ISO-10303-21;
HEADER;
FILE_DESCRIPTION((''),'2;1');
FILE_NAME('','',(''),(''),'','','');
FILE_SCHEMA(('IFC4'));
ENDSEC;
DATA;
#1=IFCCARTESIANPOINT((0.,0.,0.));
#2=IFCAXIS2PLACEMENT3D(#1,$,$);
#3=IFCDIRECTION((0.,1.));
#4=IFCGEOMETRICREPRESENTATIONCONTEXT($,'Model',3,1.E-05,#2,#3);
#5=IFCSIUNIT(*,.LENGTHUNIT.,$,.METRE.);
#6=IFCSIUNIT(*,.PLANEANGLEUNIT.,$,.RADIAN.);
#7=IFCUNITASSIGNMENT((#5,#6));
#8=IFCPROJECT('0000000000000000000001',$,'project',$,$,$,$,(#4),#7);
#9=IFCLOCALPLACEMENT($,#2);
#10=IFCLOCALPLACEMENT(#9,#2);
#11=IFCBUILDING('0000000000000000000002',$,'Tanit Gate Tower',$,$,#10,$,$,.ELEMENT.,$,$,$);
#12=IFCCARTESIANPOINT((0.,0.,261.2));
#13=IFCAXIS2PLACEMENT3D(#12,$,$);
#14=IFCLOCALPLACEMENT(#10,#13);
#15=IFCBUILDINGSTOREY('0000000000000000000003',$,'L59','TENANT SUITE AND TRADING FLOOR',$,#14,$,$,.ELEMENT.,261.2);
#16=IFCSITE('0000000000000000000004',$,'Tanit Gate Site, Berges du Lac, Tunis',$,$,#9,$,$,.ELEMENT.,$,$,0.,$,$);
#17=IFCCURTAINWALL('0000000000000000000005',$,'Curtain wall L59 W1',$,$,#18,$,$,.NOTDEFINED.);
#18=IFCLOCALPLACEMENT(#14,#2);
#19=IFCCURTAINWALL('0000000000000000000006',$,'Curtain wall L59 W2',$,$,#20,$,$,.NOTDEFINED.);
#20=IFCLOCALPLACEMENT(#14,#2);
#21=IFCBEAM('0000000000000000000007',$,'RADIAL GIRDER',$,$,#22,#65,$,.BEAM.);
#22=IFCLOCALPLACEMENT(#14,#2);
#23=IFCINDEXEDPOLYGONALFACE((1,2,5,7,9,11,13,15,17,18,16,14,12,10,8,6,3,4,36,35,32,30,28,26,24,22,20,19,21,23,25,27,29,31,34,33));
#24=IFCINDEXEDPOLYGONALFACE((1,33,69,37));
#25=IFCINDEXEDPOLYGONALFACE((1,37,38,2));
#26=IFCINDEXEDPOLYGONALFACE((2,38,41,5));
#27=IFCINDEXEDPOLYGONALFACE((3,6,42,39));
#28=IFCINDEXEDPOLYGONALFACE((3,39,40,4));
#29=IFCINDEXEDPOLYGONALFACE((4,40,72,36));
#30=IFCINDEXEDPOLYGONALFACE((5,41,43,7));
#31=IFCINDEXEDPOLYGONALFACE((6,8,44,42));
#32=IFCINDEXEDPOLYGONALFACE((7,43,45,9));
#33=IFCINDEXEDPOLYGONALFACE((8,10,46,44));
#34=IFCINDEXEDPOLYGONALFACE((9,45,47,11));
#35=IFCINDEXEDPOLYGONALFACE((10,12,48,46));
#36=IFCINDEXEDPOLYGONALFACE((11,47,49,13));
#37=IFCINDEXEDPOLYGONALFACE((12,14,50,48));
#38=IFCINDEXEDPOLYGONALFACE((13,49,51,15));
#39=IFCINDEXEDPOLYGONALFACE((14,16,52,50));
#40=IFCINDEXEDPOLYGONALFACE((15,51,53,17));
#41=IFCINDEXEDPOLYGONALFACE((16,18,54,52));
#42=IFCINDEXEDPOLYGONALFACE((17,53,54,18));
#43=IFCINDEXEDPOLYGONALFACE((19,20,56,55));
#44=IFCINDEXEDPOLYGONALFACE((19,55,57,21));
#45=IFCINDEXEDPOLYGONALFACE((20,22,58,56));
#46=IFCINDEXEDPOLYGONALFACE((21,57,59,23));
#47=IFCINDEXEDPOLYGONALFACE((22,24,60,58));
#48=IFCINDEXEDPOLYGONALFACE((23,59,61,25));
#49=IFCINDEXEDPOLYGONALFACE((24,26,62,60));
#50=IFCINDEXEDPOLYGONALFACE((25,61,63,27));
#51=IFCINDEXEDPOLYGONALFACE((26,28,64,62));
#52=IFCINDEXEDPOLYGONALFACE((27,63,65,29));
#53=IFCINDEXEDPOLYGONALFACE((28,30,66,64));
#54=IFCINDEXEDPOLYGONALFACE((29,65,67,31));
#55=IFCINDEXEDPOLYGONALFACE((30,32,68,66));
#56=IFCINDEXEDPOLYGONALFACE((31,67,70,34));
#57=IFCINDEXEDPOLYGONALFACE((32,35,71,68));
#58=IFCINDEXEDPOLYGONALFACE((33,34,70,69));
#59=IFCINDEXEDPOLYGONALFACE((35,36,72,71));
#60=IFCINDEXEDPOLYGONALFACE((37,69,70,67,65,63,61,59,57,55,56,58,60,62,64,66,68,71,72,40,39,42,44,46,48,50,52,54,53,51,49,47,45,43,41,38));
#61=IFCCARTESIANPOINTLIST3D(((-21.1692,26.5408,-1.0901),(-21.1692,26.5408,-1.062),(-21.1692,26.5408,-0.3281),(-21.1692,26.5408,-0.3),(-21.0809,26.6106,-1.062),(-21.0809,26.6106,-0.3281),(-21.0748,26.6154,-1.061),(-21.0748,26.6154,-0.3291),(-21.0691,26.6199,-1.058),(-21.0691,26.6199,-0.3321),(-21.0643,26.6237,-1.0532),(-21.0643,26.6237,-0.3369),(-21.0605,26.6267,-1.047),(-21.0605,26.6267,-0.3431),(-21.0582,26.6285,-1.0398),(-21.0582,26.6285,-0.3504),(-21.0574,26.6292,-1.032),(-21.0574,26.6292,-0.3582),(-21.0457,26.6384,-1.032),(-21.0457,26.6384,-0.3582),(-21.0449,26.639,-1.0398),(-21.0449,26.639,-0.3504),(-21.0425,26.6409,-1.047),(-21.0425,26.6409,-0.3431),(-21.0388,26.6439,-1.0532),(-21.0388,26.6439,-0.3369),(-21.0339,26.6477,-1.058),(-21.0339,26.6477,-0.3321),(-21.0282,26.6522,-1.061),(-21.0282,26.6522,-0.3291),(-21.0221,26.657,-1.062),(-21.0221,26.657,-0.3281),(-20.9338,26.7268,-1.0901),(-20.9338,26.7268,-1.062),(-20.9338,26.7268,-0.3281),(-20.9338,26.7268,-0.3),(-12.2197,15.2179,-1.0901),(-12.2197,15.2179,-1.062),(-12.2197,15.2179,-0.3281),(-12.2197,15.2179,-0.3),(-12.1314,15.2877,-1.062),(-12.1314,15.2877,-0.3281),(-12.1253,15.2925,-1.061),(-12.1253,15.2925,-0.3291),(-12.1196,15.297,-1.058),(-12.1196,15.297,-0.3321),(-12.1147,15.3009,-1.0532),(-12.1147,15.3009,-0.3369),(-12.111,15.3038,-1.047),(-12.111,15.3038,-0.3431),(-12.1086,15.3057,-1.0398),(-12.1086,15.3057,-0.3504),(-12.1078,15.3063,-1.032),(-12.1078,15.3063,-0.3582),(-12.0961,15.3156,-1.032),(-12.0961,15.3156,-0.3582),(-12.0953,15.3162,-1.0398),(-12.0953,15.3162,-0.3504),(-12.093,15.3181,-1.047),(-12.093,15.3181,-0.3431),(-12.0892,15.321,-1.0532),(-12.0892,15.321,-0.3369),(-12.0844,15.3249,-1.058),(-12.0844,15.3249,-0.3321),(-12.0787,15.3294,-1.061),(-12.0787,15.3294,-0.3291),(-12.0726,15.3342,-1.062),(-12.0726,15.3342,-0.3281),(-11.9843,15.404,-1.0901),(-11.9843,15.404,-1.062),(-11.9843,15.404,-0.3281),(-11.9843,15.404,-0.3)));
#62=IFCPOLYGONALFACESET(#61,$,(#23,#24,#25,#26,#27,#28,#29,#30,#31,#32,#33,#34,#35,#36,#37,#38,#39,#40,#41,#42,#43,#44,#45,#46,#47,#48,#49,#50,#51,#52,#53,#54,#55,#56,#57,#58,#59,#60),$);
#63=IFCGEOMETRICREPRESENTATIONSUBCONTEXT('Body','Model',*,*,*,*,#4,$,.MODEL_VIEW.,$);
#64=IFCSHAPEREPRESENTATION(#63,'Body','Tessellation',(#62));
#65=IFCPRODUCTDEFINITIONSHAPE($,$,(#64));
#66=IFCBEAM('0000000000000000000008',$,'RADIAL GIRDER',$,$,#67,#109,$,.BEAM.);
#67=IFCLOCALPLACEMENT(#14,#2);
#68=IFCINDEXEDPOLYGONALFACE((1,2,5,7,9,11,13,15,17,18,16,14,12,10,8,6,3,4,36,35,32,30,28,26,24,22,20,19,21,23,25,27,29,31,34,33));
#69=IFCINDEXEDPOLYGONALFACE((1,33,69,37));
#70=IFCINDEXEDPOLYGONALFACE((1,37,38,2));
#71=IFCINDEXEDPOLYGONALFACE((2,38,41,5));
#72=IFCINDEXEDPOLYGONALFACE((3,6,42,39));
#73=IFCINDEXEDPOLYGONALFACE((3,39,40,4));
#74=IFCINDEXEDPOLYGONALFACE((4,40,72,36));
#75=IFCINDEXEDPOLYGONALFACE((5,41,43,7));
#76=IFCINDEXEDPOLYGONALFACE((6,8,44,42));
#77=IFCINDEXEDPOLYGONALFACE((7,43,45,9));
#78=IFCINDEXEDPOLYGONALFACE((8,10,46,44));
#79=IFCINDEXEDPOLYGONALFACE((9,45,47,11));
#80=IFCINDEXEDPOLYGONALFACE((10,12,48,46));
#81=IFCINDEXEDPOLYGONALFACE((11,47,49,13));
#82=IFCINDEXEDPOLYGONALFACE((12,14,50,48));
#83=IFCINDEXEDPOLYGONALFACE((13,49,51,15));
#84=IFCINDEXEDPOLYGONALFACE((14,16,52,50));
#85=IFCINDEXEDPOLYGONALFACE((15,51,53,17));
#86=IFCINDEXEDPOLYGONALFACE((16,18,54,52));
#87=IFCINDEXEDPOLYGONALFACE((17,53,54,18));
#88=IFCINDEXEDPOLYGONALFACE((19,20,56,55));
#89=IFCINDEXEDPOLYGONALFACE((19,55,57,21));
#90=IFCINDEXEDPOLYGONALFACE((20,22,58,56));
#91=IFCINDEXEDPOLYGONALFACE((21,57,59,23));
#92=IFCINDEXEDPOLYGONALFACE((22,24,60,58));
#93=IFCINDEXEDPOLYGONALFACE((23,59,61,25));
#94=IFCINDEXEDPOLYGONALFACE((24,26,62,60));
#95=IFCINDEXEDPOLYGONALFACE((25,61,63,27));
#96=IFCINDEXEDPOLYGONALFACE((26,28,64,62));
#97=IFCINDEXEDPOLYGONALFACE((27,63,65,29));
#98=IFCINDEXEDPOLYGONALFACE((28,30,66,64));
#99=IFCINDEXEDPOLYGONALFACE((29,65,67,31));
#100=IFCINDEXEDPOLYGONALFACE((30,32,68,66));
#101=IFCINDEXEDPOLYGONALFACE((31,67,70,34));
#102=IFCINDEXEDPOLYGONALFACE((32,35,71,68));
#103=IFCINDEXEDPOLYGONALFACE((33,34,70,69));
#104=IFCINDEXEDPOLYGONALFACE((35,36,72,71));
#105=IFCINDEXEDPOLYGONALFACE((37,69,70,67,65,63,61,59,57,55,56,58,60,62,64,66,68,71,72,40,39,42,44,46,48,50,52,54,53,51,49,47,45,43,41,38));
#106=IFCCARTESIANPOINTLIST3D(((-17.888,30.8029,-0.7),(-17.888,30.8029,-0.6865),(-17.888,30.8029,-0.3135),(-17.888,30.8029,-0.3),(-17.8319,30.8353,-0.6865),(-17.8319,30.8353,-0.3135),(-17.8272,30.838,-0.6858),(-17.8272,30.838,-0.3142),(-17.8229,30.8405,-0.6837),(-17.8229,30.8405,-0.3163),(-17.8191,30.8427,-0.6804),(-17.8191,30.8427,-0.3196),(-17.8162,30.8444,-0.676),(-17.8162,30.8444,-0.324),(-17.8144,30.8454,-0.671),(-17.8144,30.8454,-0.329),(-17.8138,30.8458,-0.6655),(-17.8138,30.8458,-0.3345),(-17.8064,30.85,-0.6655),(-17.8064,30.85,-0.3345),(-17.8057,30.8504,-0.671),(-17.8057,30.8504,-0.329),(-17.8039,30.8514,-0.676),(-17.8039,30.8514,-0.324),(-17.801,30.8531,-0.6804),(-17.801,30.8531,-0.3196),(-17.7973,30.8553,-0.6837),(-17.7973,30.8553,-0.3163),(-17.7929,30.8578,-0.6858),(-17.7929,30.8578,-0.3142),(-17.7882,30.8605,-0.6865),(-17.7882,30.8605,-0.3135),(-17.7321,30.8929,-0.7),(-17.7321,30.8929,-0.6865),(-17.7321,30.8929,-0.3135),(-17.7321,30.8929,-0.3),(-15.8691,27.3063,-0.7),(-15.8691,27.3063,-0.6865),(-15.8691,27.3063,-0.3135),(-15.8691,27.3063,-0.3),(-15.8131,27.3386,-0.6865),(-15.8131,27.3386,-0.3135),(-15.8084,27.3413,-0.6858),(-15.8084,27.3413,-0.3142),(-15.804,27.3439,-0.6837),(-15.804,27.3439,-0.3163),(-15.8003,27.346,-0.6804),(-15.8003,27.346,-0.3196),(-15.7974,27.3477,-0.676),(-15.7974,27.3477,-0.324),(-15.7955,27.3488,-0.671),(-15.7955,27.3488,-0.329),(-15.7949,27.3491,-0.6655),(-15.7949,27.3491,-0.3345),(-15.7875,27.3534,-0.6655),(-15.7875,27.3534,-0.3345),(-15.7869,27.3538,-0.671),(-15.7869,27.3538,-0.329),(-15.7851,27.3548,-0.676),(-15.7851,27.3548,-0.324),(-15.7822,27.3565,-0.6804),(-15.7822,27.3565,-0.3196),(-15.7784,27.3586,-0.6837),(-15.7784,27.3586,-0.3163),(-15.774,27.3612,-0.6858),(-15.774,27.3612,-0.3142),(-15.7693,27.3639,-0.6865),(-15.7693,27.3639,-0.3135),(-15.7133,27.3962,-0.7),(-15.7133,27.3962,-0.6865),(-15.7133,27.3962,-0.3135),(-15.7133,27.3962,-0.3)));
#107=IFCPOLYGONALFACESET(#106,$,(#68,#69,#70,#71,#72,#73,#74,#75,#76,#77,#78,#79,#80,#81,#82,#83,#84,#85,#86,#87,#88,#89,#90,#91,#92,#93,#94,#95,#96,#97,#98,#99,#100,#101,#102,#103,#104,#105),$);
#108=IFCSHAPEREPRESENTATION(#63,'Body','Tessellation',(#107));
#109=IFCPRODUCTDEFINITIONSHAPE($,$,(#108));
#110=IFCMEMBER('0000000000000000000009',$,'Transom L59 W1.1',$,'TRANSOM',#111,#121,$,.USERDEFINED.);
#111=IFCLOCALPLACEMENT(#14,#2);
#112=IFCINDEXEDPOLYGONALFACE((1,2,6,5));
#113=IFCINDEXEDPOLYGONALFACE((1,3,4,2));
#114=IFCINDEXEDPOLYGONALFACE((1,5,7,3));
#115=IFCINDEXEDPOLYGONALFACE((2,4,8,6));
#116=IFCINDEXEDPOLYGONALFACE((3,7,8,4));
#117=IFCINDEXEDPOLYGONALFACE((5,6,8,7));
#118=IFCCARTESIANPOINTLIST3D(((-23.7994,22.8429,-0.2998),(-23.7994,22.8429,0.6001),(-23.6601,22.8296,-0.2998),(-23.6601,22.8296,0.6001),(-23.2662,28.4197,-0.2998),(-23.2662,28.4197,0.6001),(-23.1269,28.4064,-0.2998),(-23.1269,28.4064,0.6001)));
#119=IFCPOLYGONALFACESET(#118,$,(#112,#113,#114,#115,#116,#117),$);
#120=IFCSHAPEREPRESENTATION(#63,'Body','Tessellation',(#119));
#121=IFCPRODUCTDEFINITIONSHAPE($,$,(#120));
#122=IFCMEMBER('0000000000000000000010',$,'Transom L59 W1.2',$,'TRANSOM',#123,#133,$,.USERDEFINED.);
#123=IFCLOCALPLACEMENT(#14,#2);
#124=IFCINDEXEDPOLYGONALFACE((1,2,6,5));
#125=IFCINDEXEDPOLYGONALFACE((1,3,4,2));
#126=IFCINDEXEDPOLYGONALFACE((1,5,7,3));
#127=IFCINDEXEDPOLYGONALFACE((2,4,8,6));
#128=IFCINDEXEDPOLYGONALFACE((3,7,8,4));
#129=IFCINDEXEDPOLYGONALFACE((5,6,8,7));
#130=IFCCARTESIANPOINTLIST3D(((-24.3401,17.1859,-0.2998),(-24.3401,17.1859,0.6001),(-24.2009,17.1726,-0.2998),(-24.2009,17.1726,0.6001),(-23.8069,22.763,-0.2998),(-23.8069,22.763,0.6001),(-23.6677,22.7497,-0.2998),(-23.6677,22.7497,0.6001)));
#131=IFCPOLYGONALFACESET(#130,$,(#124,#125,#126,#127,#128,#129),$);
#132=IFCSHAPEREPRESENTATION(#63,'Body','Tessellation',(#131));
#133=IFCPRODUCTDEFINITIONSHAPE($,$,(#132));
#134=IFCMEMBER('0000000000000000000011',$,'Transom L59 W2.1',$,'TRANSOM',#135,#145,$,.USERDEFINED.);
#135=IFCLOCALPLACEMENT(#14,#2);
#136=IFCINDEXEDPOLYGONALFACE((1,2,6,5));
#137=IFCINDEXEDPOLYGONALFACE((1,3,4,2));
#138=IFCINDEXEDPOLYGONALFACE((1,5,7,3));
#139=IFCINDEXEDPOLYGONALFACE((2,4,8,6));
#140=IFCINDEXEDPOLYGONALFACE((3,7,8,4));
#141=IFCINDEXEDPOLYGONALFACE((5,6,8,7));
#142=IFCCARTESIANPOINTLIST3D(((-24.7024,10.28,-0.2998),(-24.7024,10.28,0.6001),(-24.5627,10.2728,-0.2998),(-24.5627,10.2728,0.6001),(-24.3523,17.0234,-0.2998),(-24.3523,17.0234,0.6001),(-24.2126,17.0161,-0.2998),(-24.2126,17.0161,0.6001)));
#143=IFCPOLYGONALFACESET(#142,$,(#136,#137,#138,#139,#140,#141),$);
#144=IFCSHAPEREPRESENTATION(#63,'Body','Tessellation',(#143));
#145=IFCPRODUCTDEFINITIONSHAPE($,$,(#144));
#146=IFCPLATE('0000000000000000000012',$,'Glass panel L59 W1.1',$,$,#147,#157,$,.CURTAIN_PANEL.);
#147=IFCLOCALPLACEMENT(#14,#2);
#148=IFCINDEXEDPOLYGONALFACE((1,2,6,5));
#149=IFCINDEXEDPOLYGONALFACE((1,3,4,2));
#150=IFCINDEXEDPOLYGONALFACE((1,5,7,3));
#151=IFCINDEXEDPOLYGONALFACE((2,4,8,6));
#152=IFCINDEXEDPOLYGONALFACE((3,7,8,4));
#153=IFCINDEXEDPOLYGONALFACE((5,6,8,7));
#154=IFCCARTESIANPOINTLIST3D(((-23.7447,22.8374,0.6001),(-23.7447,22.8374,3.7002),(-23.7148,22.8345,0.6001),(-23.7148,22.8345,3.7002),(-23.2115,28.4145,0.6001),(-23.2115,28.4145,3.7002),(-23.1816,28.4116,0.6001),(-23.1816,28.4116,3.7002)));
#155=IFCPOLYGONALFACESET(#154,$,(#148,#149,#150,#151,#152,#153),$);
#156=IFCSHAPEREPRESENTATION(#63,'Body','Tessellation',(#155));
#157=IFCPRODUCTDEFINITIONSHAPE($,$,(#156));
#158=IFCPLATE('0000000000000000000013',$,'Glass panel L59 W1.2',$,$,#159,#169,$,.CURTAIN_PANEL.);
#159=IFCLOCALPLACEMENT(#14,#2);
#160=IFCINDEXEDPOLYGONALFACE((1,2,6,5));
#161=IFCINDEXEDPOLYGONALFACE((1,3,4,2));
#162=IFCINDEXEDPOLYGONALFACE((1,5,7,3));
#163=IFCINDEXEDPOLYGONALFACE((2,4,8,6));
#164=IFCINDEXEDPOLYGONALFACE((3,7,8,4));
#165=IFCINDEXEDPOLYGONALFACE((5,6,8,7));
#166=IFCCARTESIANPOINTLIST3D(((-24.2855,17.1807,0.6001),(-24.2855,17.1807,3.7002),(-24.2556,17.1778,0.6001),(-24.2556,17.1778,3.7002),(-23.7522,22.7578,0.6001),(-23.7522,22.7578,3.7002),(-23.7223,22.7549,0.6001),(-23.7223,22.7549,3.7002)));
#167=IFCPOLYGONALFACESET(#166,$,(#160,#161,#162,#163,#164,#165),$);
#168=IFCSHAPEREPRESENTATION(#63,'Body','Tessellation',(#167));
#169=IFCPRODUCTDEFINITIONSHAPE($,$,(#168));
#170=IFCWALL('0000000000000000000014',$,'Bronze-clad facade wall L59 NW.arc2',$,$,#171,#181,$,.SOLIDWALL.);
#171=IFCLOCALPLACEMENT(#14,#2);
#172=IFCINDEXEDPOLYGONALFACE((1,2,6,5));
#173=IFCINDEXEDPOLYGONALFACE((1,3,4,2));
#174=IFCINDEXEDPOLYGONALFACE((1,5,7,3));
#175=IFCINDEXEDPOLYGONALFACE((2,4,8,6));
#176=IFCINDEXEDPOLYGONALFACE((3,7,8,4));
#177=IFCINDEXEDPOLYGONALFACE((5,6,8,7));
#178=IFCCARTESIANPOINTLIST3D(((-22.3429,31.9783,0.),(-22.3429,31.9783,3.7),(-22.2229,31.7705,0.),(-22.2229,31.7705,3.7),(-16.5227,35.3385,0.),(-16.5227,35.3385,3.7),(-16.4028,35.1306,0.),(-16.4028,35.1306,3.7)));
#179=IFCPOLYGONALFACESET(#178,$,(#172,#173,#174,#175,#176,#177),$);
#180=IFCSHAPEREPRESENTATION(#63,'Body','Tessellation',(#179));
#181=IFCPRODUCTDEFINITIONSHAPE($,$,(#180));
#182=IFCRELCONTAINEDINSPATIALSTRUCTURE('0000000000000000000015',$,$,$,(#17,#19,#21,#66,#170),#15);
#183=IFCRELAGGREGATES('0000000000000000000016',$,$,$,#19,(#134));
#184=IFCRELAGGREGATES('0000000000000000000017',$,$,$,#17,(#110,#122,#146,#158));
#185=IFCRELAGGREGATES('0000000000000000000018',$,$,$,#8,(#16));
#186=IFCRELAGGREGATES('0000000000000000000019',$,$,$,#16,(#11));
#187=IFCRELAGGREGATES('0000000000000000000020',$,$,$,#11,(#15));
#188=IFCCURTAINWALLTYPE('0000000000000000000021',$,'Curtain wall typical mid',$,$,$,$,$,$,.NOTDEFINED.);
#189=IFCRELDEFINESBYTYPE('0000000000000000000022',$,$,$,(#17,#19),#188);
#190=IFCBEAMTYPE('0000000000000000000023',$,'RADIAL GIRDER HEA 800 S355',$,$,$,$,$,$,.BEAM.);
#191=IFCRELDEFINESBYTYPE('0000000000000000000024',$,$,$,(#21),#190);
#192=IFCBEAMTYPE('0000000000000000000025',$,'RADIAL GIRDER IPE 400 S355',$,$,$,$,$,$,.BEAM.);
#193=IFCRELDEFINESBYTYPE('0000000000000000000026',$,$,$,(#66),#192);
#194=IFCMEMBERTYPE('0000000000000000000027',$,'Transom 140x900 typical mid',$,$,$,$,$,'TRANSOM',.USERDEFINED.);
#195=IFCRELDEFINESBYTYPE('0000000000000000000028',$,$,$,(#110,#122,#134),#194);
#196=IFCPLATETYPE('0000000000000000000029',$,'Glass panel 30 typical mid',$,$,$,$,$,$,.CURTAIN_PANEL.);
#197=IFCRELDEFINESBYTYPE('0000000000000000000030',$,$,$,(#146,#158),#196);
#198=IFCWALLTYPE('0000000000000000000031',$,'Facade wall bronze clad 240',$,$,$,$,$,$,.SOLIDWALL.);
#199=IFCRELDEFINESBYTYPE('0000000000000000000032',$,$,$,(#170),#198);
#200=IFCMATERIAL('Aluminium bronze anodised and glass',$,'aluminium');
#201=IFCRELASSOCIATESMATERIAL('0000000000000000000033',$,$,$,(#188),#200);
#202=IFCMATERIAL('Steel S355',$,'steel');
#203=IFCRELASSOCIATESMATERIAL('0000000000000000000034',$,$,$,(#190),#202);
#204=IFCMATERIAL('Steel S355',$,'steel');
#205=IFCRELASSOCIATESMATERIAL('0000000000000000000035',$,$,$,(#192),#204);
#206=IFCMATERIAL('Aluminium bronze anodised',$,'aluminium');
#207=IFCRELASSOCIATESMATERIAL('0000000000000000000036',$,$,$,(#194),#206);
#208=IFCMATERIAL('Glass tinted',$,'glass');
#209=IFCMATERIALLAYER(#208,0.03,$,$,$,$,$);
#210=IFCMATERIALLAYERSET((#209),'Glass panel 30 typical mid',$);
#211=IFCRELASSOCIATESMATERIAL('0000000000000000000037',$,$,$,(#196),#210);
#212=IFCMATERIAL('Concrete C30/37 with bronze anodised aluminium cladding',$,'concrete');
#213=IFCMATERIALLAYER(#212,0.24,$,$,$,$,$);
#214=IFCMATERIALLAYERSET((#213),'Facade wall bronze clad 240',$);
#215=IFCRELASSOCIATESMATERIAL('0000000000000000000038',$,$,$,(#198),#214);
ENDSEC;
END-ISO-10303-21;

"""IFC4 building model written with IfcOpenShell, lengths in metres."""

from ifc_helpers import new_model, si_unit, direction, frame, frame_2d, origin, origin_2d, place, context, subcontext, project, spatial, rectangle, i_section, extrude, material, layer, layer_set, material_profile, profile_set, type_object, element, aggregate, save


model = new_model("IFC4")

# Units and contexts
model_context = context("Model", 3, precision=1e-05, world=origin(), true_north=direction((0.0, 1.0)))
body_context = subcontext(model_context, "Body", "Model", "MODEL_VIEW")
ifc_project = project(units=[si_unit("LENGTHUNIT", "METRE"), si_unit("PLANEANGLEUNIT", "RADIAN")], contexts=[model_context])

# Site, building, storey
site_placement = place(None, origin())
site = spatial("IfcSite", under=ifc_project, at=site_placement, Name="Tanit Gate Site, Berges du Lac, Tunis", CompositionType="ELEMENT", RefElevation=0.0)
building_placement = place(site_placement, origin())
building = spatial("IfcBuilding", under=site, at=building_placement, Name="Tanit Gate Tower", CompositionType="ELEMENT")
storey_placement = place(building_placement, frame((0.0, 0.0, 261.2)))
storey = spatial("IfcBuildingStorey", under=building, at=storey_placement, Name="L59", Description="TENANT SUITE AND TRADING FLOOR", CompositionType="ELEMENT", Elevation=261.2)

# Curtain walls
ifc_material_1 = material(Name="Aluminium bronze anodised and glass", Category="aluminium")
curtain_wall_type = type_object("IfcCurtainWallType", Name="Curtain wall typical mid", PredefinedType="NOTDEFINED", material=ifc_material_1)
curtain_wall_1_placement = place(storey_placement, origin())
curtain_wall_1 = element("IfcCurtainWall", 1, at=curtain_wall_1_placement, inside=storey, type_object=curtain_wall_type, Name="Curtain wall L59 W1", PredefinedType="NOTDEFINED")
curtain_wall_2_placement = place(storey_placement, origin())
curtain_wall_2 = element("IfcCurtainWall", 2, at=curtain_wall_2_placement, inside=storey, type_object=curtain_wall_type, Name="Curtain wall L59 W2", PredefinedType="NOTDEFINED")

# Beams
ifc_material_2 = material(Name="Steel S355", Category="steel")
ifc_material_profile_1 = material_profile(ifc_material_2, i_section(OverallWidth=0.3, OverallDepth=0.79, WebThickness=0.0149, FlangeThickness=0.0281, FilletRadius=0.03, at=origin_2d()), Name="HEA 800")
ifc_profile_set_1 = profile_set([ifc_material_profile_1], Name="Steel S355")
beam_type_1 = type_object("IfcBeamType", Name="RADIAL GIRDER HEA 800 S355", PredefinedType="BEAM", material=ifc_profile_set_1)
beam_1_placement = place(storey_placement, frame((-21.0515, 26.6338, -0.6951), z_axis=(0.62009, -0.784531, 0.0), x_axis=(0.784531, 0.62009, 0.0)))
element("IfcBeam", 3, at=beam_1_placement, inside=storey, type_object=beam_type_1, Name="RADIAL GIRDER", PredefinedType="BEAM", context=body_context, shape_type="SweptSolid", body=[
    extrude(i_section(OverallWidth=0.3, OverallDepth=0.79, WebThickness=0.0149, FlangeThickness=0.0281, FilletRadius=0.03, at=origin_2d()), origin(), (0.0, 0.0, 1.0), 14.4326),
])
ifc_material_3 = material(Name="Steel S355", Category="steel")
ifc_material_profile_2 = material_profile(ifc_material_3, i_section(OverallWidth=0.1799, OverallDepth=0.3999, WebThickness=0.0085, FlangeThickness=0.0134, FilletRadius=0.021, at=origin_2d()), Name="IPE 400")
ifc_profile_set_2 = profile_set([ifc_material_profile_2], Name="Steel S355")
beam_type_2 = type_object("IfcBeamType", Name="RADIAL GIRDER IPE 400 S355", PredefinedType="BEAM", material=ifc_profile_set_2)
beam_2_placement = place(storey_placement, frame((-17.8101, 30.8479, -0.5), z_axis=(0.500009, -0.86602, 0.0), x_axis=(0.86602, 0.500009, 0.0)))
element("IfcBeam", 4, at=beam_2_placement, inside=storey, type_object=beam_type_2, Name="RADIAL GIRDER", PredefinedType="BEAM", context=body_context, shape_type="SweptSolid", body=[
    extrude(i_section(OverallWidth=0.1799, OverallDepth=0.3999, WebThickness=0.0085, FlangeThickness=0.0134, FilletRadius=0.021, at=origin_2d()), origin(), (0.0, 0.0, 1.0), 4.0376),
])

# Members
ifc_material_4 = material(Name="Aluminium bronze anodised", Category="aluminium")
ifc_material_profile_3 = material_profile(ifc_material_4, rectangle(XDim=0.1399, YDim=0.8999, at=origin_2d()), Name="140x900 bronze transom")
ifc_profile_set_3 = profile_set([ifc_material_profile_3], Name="Aluminium bronze anodised")
member_type_1 = type_object("IfcMemberType", Name="Transom 140x900 typical mid", ElementType="TRANSOM", PredefinedType="USERDEFINED", material=ifc_profile_set_3)
member_1_placement = place(storey_placement, frame((-23.1965, 28.4131, 0.1501), z_axis=(-0.095175, -0.995461, 0.0), x_axis=(0.995461, -0.095175, 0.0)))
member_1 = element("IfcMember", 5, at=member_1_placement, type_object=member_type_1, Name="Transom L59 W1.1", ObjectType="TRANSOM", PredefinedType="USERDEFINED", context=body_context, shape_type="SweptSolid", body=[
    extrude(rectangle(XDim=0.1399, YDim=0.8999, at=origin_2d()), origin(), (0.0, 0.0, 1.0), 5.6023),
])
member_2_placement = place(storey_placement, frame((-23.7373, 22.7563, 0.1501), z_axis=(-0.095171, -0.995461, 0.0), x_axis=(0.995461, -0.095171, 0.0)))
member_2 = element("IfcMember", 6, at=member_2_placement, type_object=member_type_1, Name="Transom L59 W1.2", ObjectType="TRANSOM", PredefinedType="USERDEFINED", context=body_context, shape_type="SweptSolid", body=[
    extrude(rectangle(XDim=0.1399, YDim=0.8999, at=origin_2d()), origin(), (0.0, 0.0, 1.0), 5.6025),
])
member_3_placement = place(storey_placement, frame((-24.2825, 17.0198, 0.1501), z_axis=(-0.051847, -0.998655, 0.0), x_axis=(0.998655, -0.051847, 0.0)))
member_3 = element("IfcMember", 7, at=member_3_placement, type_object=member_type_1, Name="Transom L59 W2.1", ObjectType="TRANSOM", PredefinedType="USERDEFINED", context=body_context, shape_type="SweptSolid", body=[
    extrude(rectangle(XDim=0.1399, YDim=0.8999, at=origin_2d()), origin(), (0.0, 0.0, 1.0), 6.7524),
])
aggregate(curtain_wall_2, [member_3])

# Plates
ifc_material_5 = material(Name="Glass tinted", Category="glass")
ifc_layer_1 = layer(ifc_material_5, 0.03)
ifc_layer_set_1 = layer_set([ifc_layer_1], Name="Glass panel 30 typical mid")
plate_type = type_object("IfcPlateType", Name="Glass panel 30 typical mid", PredefinedType="CURTAIN_PANEL", material=ifc_layer_set_1)
plate_1_placement = place(storey_placement, frame((-23.4631, 25.6245, 0.6001), z_axis=(0.0, 0.0, 1.0), x_axis=(-0.095182, -0.99546, 0.0)))
plate_1 = element("IfcPlate", 8, at=plate_1_placement, type_object=plate_type, Name="Glass panel L59 W1.1", PredefinedType="CURTAIN_PANEL", context=body_context, shape_type="SweptSolid", body=[
    extrude(rectangle(XDim=5.6025, YDim=0.03, at=origin_2d()), origin(), (0.0, 0.0, 1.0), 3.1001),
])
plate_2_placement = place(storey_placement, frame((-24.0039, 19.9678, 0.6001), z_axis=(0.0, 0.0, 1.0), x_axis=(-0.095182, -0.99546, 0.0)))
plate_2 = element("IfcPlate", 9, at=plate_2_placement, type_object=plate_type, Name="Glass panel L59 W1.2", PredefinedType="CURTAIN_PANEL", context=body_context, shape_type="SweptSolid", body=[
    extrude(rectangle(XDim=5.6025, YDim=0.03, at=origin_2d()), origin(), (0.0, 0.0, 1.0), 3.1001),
])
aggregate(curtain_wall_1, [member_1, member_2, plate_1, plate_2])

# Wall
ifc_material_6 = material(Name="Concrete C30/37 with bronze anodised aluminium cladding", Category="concrete")
ifc_layer_2 = layer(ifc_material_6, 0.24)
ifc_layer_set_2 = layer_set([ifc_layer_2], Name="Facade wall bronze clad 240")
wall_type_1 = type_object("IfcWallType", Name="Facade wall bronze clad 240", PredefinedType="SOLIDWALL", material=ifc_layer_set_2)
wall_1_placement = place(storey_placement, frame((-16.4626, 35.2346, 0.0), z_axis=(0.0, 0.0, 1.0), x_axis=(-0.866033, -0.499988, 0.0)))
element("IfcWall", 10, at=wall_1_placement, inside=storey, type_object=wall_type_1, Name="Bronze-clad facade wall L59 NW.arc2", PredefinedType="SOLIDWALL", context=body_context, shape_type="SweptSolid", body=[
    extrude(rectangle(XDim=6.7205, YDim=0.24, at=frame_2d((3.3604, 0.0))), origin(), (0.0, 0.0, 1.0), 3.7),
])

save(model, "model.ifc")
